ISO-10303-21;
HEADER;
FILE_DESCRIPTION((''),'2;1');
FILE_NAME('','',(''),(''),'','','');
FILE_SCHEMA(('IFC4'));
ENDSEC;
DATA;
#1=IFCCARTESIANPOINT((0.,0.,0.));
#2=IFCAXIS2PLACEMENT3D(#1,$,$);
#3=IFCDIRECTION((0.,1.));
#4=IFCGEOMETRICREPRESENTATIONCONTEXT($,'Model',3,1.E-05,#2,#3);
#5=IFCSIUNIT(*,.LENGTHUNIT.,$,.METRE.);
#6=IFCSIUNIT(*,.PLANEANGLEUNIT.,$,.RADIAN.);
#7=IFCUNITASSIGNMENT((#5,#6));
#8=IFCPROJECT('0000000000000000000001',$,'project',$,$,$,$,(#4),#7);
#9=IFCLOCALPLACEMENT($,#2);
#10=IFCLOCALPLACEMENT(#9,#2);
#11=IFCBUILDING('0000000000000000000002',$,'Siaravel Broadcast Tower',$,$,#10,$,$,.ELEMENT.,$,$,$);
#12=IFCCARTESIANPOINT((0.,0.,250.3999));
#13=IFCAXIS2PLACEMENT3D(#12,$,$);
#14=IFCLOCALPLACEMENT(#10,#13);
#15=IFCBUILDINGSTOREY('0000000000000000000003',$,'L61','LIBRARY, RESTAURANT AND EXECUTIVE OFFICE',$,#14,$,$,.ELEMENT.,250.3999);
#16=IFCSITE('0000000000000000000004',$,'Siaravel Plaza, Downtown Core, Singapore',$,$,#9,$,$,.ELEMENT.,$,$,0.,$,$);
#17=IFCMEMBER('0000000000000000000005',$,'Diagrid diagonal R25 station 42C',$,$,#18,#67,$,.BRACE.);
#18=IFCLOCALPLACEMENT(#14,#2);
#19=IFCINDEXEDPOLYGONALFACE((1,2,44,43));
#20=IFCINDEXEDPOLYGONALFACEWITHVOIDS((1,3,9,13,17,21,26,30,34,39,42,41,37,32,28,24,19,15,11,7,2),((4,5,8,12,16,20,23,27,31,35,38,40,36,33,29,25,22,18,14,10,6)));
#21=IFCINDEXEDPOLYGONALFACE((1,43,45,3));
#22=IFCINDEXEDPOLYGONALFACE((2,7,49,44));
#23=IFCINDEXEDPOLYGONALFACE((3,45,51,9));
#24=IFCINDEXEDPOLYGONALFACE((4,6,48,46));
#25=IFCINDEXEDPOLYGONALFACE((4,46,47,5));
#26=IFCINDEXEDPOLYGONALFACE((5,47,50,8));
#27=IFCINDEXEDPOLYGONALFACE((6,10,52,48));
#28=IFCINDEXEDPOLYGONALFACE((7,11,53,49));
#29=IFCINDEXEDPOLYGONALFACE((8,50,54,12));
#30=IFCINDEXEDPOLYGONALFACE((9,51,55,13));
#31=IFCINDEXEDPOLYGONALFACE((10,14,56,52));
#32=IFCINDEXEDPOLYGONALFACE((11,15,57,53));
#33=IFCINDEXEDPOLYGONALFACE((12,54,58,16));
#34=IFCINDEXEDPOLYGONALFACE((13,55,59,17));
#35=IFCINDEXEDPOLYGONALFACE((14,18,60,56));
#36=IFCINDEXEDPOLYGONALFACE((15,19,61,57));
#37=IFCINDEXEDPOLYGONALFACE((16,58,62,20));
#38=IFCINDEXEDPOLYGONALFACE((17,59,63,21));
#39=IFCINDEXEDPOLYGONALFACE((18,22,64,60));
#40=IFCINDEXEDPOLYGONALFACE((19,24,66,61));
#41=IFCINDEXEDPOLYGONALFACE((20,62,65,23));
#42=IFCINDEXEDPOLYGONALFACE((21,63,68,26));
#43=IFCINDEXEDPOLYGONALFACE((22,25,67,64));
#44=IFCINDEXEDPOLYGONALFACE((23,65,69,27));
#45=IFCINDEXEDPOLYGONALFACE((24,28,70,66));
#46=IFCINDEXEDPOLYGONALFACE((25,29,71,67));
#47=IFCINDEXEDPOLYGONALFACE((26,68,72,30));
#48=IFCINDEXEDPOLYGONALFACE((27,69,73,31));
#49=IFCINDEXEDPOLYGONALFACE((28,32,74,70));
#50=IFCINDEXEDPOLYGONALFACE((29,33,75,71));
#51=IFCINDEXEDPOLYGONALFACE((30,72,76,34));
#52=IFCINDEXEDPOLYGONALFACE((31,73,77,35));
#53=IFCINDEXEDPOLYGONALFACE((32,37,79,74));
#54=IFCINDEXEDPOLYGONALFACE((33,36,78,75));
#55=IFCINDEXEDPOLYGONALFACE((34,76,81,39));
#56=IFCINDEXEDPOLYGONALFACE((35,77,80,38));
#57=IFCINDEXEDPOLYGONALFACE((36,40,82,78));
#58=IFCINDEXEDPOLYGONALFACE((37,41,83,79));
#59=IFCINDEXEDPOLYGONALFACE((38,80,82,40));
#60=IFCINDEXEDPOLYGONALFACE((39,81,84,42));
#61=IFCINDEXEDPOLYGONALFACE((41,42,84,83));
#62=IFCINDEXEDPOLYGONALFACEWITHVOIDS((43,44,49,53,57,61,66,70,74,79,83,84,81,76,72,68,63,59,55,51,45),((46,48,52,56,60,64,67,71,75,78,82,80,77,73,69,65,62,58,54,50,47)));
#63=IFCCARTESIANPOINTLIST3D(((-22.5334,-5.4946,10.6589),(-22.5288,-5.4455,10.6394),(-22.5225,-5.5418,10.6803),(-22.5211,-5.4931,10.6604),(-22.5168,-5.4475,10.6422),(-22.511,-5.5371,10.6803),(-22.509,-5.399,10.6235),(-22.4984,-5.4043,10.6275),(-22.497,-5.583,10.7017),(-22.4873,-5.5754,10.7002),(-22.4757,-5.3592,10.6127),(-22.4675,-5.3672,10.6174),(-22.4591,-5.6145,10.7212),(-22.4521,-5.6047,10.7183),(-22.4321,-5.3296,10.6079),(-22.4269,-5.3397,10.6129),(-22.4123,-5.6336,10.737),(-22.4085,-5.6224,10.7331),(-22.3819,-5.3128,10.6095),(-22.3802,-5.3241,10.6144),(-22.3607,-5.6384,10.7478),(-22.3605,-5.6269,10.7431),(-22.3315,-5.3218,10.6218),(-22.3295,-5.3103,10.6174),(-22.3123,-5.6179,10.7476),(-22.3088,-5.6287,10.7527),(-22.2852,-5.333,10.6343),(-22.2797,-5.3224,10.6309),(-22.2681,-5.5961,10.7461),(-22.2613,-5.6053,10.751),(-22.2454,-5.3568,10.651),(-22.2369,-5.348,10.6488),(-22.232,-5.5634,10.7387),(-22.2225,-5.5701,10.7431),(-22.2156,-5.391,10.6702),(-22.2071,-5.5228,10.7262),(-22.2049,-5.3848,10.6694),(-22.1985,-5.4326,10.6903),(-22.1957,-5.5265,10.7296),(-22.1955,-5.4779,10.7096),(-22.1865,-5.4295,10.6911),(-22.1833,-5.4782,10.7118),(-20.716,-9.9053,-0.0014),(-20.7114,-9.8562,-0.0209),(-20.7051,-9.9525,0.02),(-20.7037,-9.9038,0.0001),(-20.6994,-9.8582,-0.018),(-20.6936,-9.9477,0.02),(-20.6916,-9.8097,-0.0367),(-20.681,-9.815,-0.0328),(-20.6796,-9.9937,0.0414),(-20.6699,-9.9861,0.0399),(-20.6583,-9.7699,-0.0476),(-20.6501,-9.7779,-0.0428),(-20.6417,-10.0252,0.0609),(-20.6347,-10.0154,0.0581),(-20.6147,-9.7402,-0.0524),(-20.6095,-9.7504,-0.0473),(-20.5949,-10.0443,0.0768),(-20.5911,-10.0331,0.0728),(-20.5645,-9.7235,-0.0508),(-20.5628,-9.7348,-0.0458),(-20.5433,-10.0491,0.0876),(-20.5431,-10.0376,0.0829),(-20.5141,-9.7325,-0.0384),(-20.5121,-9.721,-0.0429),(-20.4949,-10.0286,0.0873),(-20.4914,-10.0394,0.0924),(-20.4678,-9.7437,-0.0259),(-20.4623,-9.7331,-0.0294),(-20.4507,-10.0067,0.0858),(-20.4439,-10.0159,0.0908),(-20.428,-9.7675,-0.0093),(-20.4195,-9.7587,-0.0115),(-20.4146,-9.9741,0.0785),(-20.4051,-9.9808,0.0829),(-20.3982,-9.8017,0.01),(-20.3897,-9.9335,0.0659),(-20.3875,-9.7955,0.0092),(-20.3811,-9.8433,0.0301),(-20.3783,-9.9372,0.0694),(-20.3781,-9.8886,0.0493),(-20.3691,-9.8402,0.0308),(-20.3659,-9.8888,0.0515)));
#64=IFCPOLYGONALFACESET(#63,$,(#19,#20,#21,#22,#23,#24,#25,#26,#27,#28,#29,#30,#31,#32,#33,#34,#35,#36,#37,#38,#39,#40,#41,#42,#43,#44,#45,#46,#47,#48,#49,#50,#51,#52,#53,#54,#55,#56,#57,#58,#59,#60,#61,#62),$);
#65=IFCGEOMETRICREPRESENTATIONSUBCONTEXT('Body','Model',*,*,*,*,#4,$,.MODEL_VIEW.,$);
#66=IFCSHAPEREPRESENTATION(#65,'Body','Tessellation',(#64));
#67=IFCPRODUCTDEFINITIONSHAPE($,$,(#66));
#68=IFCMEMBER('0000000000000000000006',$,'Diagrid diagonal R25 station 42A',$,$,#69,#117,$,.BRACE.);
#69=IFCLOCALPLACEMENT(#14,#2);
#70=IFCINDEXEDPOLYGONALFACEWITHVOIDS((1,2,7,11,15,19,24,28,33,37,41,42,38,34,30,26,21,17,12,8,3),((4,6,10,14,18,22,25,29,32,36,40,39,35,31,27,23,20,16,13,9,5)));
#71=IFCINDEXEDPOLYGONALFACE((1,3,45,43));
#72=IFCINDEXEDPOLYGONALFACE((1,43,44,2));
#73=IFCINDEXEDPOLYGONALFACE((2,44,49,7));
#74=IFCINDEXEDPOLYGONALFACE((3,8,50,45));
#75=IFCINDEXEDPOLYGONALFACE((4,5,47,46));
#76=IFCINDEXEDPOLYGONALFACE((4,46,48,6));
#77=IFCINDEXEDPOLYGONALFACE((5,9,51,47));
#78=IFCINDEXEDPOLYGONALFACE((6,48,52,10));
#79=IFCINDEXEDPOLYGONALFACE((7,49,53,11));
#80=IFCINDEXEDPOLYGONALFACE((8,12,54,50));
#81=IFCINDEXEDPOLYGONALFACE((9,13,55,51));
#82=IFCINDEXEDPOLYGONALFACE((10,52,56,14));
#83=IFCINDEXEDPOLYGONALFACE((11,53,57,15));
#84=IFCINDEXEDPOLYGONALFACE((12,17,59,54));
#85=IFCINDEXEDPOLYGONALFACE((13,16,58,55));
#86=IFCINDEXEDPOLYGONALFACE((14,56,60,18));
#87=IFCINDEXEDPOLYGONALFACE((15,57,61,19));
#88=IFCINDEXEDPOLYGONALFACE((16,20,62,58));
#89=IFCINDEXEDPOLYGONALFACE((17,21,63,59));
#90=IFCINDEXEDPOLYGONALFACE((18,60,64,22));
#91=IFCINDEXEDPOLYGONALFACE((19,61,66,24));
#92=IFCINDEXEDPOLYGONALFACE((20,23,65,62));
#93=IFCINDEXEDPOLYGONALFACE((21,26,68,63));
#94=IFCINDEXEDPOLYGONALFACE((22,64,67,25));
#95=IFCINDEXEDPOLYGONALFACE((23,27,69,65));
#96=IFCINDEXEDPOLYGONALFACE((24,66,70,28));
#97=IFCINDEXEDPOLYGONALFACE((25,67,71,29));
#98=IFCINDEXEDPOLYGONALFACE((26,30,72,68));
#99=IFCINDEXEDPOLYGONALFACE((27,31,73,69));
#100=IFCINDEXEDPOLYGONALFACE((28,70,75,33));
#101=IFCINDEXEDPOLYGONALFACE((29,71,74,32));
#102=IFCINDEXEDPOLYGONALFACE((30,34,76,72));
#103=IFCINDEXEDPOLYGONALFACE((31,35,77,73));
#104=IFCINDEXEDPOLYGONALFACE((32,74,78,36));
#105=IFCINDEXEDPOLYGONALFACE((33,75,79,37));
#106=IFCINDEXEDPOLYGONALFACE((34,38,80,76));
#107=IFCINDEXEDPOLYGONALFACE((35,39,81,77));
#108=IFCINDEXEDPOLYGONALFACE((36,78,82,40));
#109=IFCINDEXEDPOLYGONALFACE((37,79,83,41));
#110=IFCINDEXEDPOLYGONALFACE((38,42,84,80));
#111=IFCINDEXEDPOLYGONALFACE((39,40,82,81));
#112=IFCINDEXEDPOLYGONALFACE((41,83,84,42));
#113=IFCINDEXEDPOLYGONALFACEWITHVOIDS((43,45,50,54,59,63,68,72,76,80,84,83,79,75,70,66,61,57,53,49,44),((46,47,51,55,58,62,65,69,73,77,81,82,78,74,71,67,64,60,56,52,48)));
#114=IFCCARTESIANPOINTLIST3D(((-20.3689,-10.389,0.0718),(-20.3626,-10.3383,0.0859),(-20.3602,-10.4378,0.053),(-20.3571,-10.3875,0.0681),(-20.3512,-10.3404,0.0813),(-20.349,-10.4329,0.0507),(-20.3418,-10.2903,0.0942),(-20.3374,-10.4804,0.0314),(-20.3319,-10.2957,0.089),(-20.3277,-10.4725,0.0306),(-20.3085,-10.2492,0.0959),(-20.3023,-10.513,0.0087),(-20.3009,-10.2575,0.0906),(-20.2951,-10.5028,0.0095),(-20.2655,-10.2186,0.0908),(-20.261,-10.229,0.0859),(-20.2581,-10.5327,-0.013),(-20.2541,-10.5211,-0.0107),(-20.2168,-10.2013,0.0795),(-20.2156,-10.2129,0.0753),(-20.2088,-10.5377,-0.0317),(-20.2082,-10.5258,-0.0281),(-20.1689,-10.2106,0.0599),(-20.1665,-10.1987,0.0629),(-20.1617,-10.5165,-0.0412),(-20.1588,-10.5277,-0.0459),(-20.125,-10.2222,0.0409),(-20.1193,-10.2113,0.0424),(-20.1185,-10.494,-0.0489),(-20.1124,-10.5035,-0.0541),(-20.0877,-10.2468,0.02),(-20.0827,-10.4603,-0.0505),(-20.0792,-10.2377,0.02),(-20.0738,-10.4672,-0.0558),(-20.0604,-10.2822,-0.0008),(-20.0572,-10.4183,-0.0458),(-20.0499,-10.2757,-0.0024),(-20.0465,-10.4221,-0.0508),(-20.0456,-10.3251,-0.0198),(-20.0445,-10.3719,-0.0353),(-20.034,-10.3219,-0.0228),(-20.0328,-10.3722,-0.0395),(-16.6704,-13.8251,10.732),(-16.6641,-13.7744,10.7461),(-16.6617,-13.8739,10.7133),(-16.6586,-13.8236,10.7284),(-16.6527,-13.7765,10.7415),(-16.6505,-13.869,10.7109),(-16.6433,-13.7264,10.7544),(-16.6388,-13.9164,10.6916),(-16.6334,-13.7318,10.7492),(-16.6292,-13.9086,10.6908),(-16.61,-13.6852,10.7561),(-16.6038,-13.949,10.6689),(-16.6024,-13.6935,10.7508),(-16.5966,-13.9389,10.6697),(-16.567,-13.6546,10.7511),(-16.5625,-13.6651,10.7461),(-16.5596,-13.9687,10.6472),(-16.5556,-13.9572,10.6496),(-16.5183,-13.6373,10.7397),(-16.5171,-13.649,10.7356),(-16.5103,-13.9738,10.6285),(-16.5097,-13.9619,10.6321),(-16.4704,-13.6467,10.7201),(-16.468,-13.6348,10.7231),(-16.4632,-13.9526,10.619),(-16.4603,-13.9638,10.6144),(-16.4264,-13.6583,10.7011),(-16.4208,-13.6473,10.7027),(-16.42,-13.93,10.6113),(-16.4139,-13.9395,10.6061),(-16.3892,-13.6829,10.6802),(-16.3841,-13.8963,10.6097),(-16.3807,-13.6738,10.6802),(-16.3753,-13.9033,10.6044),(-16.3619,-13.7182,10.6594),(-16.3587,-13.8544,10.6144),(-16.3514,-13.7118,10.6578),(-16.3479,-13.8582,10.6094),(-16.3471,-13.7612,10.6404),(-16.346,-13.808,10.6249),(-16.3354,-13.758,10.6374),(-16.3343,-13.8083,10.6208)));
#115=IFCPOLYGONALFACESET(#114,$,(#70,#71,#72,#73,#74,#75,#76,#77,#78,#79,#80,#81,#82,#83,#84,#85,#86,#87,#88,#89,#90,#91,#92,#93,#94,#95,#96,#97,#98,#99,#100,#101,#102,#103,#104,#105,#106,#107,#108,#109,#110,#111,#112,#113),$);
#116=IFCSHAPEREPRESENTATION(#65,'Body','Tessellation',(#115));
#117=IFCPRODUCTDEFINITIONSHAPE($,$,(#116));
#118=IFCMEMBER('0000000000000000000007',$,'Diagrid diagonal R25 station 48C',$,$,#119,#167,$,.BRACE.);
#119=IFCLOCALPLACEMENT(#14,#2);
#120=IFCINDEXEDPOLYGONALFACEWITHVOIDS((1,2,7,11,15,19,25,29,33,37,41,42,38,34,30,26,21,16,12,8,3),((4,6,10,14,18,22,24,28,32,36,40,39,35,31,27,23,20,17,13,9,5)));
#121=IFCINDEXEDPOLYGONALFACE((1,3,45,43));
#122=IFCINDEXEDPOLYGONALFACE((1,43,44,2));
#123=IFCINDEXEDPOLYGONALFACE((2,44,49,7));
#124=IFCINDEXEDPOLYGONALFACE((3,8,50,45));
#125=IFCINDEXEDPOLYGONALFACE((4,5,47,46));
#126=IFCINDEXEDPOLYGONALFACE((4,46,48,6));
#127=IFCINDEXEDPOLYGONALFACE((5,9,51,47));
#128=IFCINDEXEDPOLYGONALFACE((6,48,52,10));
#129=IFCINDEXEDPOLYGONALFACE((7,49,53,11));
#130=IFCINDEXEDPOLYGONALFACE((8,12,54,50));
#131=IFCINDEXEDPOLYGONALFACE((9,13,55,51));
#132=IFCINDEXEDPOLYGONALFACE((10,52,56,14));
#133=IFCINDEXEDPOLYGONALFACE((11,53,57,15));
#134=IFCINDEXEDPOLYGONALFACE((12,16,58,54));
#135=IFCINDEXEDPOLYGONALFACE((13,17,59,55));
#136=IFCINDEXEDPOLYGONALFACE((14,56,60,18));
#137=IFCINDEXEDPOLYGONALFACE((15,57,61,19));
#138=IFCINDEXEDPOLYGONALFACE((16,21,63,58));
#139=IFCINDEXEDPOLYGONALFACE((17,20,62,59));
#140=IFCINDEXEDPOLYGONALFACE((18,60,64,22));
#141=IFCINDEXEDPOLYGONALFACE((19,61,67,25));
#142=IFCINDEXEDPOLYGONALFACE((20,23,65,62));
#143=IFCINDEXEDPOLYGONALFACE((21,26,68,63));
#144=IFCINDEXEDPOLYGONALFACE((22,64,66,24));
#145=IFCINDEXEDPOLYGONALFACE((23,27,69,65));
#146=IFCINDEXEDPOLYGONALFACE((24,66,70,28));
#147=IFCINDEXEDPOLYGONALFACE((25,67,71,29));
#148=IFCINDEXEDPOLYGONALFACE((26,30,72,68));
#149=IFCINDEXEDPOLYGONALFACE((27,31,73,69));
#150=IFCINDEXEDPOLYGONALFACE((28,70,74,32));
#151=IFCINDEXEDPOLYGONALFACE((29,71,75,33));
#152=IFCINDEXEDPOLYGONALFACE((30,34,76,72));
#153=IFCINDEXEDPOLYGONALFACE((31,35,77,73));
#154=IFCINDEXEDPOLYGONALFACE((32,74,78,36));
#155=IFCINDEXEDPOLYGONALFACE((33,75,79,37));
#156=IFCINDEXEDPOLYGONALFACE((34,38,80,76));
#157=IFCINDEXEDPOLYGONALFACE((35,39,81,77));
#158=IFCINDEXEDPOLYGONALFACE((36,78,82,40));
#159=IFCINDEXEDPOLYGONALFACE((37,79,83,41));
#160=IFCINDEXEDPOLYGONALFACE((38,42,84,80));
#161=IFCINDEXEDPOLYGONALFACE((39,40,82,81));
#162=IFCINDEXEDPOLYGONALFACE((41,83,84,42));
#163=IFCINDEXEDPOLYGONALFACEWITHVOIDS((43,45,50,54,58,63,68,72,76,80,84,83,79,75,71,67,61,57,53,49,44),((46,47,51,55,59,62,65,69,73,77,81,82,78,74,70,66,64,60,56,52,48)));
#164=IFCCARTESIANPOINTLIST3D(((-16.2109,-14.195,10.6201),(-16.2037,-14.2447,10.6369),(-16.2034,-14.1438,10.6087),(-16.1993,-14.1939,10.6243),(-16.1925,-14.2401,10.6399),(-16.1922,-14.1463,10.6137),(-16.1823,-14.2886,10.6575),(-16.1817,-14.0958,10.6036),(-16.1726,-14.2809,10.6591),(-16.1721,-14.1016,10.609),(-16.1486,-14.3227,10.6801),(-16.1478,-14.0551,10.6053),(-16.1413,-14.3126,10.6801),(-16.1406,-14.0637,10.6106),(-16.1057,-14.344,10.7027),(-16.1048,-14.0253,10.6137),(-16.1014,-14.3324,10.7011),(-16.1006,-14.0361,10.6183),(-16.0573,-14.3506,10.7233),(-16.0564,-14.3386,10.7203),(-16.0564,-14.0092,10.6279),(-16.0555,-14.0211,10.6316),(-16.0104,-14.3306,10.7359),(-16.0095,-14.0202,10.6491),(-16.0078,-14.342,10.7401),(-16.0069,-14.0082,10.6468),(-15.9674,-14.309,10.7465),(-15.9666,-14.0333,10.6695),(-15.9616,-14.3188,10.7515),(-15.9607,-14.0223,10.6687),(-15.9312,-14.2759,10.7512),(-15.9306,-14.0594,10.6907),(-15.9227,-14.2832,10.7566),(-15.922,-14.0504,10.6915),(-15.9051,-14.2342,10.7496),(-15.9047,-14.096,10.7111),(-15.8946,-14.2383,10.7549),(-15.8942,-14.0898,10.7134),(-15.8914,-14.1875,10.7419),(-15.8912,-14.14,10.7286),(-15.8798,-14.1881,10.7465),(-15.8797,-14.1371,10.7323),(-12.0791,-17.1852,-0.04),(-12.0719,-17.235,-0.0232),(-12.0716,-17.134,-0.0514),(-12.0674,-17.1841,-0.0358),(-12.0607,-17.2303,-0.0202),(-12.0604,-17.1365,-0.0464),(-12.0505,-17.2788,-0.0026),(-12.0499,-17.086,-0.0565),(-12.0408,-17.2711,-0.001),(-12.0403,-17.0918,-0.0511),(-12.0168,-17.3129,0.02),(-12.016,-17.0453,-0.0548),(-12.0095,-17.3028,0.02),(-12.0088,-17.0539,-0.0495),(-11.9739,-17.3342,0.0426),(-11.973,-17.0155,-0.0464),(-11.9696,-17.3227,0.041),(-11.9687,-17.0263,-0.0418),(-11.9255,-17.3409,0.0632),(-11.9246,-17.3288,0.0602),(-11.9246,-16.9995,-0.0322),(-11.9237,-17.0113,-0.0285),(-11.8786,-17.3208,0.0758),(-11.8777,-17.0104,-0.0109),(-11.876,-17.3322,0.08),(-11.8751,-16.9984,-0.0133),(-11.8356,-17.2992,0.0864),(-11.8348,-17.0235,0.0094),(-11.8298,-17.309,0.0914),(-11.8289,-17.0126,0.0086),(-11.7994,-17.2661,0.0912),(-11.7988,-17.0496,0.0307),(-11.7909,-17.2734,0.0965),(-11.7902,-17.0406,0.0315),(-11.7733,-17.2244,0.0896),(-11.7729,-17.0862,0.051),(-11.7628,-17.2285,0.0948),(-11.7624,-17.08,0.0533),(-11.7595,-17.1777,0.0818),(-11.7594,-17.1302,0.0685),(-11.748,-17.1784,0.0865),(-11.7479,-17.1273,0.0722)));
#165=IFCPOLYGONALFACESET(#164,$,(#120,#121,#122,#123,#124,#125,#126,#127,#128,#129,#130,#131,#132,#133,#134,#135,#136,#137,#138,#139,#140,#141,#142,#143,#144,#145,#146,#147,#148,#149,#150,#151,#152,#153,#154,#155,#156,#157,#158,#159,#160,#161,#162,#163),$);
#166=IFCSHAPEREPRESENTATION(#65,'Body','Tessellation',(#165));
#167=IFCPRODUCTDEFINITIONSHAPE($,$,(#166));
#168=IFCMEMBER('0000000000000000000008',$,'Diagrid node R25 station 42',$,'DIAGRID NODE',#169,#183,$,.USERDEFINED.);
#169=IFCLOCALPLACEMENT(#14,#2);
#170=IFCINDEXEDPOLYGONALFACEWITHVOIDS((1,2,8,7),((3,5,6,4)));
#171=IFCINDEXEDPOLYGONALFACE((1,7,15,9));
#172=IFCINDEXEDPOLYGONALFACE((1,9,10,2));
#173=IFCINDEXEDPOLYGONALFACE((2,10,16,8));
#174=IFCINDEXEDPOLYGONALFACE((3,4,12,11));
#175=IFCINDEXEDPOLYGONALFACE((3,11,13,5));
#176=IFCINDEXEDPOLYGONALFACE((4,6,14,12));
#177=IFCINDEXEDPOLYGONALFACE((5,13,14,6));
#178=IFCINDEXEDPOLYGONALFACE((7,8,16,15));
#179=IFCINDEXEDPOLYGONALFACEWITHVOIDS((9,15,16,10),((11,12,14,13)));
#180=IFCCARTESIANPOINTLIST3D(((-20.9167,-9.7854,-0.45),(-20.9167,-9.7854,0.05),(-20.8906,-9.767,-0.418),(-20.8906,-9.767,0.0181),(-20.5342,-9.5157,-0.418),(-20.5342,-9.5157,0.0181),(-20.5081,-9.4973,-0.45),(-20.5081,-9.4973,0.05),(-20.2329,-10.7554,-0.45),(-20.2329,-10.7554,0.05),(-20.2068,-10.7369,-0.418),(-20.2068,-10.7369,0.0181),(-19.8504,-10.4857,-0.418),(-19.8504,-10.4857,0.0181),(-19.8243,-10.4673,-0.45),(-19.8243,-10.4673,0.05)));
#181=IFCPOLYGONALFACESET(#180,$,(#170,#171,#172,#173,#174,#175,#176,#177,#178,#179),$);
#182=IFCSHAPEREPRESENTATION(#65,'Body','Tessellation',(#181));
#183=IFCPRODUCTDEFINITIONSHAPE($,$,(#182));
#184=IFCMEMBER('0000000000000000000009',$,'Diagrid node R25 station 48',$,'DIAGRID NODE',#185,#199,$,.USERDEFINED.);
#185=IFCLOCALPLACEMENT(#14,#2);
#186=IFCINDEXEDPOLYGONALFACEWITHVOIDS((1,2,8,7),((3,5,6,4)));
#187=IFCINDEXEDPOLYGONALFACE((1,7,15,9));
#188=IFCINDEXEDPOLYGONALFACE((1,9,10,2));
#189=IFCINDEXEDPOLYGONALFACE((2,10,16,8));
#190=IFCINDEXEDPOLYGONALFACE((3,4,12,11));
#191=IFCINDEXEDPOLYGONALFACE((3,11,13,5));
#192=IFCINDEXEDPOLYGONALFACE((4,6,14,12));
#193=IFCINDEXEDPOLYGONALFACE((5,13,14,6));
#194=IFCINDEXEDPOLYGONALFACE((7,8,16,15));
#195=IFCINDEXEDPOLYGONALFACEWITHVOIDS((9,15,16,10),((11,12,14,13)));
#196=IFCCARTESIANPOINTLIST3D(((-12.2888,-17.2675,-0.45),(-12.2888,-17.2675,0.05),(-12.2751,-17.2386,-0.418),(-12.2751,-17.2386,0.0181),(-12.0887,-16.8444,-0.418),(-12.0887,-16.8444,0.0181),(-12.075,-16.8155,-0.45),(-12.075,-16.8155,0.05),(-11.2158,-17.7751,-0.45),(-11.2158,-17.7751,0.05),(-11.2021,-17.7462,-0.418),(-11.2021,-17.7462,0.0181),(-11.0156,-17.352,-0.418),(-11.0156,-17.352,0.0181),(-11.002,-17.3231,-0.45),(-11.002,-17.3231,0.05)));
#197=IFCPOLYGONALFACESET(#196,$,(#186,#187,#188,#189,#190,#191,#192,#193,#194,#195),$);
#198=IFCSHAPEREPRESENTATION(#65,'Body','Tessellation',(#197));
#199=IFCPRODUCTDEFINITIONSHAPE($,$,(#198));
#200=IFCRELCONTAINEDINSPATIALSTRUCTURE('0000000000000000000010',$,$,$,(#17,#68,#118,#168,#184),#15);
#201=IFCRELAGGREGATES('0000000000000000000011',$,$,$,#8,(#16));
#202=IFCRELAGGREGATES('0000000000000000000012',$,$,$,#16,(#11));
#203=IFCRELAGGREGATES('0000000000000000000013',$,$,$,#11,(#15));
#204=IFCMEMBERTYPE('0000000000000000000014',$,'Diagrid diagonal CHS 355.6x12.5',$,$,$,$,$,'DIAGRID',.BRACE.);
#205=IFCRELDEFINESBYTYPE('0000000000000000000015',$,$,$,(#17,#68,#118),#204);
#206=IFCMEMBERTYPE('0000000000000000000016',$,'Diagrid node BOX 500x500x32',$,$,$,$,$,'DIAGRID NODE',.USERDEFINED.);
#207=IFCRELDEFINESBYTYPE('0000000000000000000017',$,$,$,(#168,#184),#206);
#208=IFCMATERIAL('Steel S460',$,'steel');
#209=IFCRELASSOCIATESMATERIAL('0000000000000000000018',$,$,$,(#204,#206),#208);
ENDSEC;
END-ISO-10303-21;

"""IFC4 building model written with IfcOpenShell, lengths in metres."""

from ifc_helpers import new_model, si_unit, direction, frame, origin, origin_2d, place, context, subcontext, project, spatial, hollow_rectangle, hollow_circle, extrude, material, material_profile, profile_set, type_object, element, save


model = new_model("IFC4")

# Units and contexts
model_context = context("Model", 3, precision=1e-05, world=origin(), true_north=direction((0.0, 1.0)))
body_context = subcontext(model_context, "Body", "Model", "MODEL_VIEW")
ifc_project = project(units=[si_unit("LENGTHUNIT", "METRE"), si_unit("PLANEANGLEUNIT", "RADIAN")], contexts=[model_context])

# Site, building, storey
site_placement = place(None, origin())
site = spatial("IfcSite", under=ifc_project, at=site_placement, Name="Siaravel Plaza, Downtown Core, Singapore", CompositionType="ELEMENT", RefElevation=0.0)
building_placement = place(site_placement, origin())
building = spatial("IfcBuilding", under=site, at=building_placement, Name="Siaravel Broadcast Tower", CompositionType="ELEMENT")
storey_placement = place(building_placement, frame((0.0, 0.0, 250.3999)))
storey = spatial("IfcBuildingStorey", under=building, at=storey_placement, Name="L61", Description="LIBRARY, RESTAURANT AND EXECUTIVE OFFICE", CompositionType="ELEMENT", Elevation=250.3999)

# Members
ifc_material_1 = material(Name="Steel S460", Category="steel")
ifc_material_profile_1 = material_profile(ifc_material_1, hollow_circle(Radius=0.1777, WallThickness=0.0125, at=origin_2d()))
ifc_profile_set_1 = profile_set([ifc_material_profile_1], Name="Steel S460")
member_type_1 = type_object("IfcMemberType", Name="Diagrid diagonal CHS 355.6x12.5", ElementType="DIAGRID", PredefinedType="BRACE", material=ifc_profile_set_1)
member_1_placement = place(storey_placement, frame((-20.5408, -9.8848, 0.02), z_axis=(-0.155613, 0.377661, 0.912774), x_axis=(-0.924587, -0.380971, 0.0)))
element("IfcMember", 1, at=member_1_placement, inside=storey, type_object=member_type_1, Name="Diagrid diagonal R25 station 42C", PredefinedType="BRACE", context=body_context, shape_type="SweptSolid", body=[
    extrude(hollow_circle(Radius=0.1777, WallThickness=0.0125, at=origin_2d()), origin(), (0.0, 0.0, 1.0), 11.679),
])
member_2_placement = place(storey_placement, frame((-20.2002, -10.3679, 0.02), z_axis=(0.313562, -0.291311, 0.903779), x_axis=(0.680635, 0.732623, 0.0)))
element("IfcMember", 2, at=member_2_placement, inside=storey, type_object=member_type_1, Name="Diagrid diagonal R25 station 42A", PredefinedType="BRACE", context=body_context, shape_type="SweptSolid", body=[
    extrude(hollow_circle(Radius=0.1777, WallThickness=0.0125, at=origin_2d()), origin(), (0.0, 0.0, 1.0), 11.7952),
])
member_3_placement = place(storey_placement, frame((-11.9126, -17.1689, 0.02), z_axis=(-0.349638, 0.253035, 0.902068), x_axis=(-0.58628, -0.810108, 0.0)))
element("IfcMember", 3, at=member_3_placement, inside=storey, type_object=member_type_1, Name="Diagrid diagonal R25 station 48C", PredefinedType="BRACE", context=body_context, shape_type="SweptSolid", body=[
    extrude(hollow_circle(Radius=0.1777, WallThickness=0.0125, at=origin_2d()), origin(), (0.0, 0.0, 1.0), 11.8174),
])
ifc_material_profile_2 = material_profile(ifc_material_1, hollow_rectangle(XDim=0.5, YDim=0.5, WallThickness=0.032, at=origin_2d()))
ifc_profile_set_2 = profile_set([ifc_material_profile_2], Name="Steel S460")
member_type_2 = type_object("IfcMemberType", Name="Diagrid node BOX 500x500x32", ElementType="DIAGRID NODE", PredefinedType="USERDEFINED", material=ifc_profile_set_2)
member_4_placement = place(storey_placement, frame((-20.7124, -9.6414, -0.2), z_axis=(0.576207, -0.817304, 0.0), x_axis=(0.817304, 0.576207, 0.0)))
element("IfcMember", 4, at=member_4_placement, inside=storey, type_object=member_type_2, Name="Diagrid node R25 station 42", ObjectType="DIAGRID NODE", PredefinedType="USERDEFINED", context=body_context, shape_type="SweptSolid", body=[
    extrude(hollow_rectangle(XDim=0.5, YDim=0.5, WallThickness=0.032, at=origin_2d()), origin(), (0.0, 0.0, 1.0), 1.1868),
])
member_5_placement = place(storey_placement, frame((-12.1819, -17.0415, -0.2), z_axis=(0.903964, -0.427609, 0.0), x_axis=(0.427609, 0.903964, 0.0)))
element("IfcMember", 5, at=member_5_placement, inside=storey, type_object=member_type_2, Name="Diagrid node R25 station 48", ObjectType="DIAGRID NODE", PredefinedType="USERDEFINED", context=body_context, shape_type="SweptSolid", body=[
    extrude(hollow_rectangle(XDim=0.5, YDim=0.5, WallThickness=0.032, at=origin_2d()), origin(), (0.0, 0.0, 1.0), 1.187),
])

save(model, "model.ifc")
